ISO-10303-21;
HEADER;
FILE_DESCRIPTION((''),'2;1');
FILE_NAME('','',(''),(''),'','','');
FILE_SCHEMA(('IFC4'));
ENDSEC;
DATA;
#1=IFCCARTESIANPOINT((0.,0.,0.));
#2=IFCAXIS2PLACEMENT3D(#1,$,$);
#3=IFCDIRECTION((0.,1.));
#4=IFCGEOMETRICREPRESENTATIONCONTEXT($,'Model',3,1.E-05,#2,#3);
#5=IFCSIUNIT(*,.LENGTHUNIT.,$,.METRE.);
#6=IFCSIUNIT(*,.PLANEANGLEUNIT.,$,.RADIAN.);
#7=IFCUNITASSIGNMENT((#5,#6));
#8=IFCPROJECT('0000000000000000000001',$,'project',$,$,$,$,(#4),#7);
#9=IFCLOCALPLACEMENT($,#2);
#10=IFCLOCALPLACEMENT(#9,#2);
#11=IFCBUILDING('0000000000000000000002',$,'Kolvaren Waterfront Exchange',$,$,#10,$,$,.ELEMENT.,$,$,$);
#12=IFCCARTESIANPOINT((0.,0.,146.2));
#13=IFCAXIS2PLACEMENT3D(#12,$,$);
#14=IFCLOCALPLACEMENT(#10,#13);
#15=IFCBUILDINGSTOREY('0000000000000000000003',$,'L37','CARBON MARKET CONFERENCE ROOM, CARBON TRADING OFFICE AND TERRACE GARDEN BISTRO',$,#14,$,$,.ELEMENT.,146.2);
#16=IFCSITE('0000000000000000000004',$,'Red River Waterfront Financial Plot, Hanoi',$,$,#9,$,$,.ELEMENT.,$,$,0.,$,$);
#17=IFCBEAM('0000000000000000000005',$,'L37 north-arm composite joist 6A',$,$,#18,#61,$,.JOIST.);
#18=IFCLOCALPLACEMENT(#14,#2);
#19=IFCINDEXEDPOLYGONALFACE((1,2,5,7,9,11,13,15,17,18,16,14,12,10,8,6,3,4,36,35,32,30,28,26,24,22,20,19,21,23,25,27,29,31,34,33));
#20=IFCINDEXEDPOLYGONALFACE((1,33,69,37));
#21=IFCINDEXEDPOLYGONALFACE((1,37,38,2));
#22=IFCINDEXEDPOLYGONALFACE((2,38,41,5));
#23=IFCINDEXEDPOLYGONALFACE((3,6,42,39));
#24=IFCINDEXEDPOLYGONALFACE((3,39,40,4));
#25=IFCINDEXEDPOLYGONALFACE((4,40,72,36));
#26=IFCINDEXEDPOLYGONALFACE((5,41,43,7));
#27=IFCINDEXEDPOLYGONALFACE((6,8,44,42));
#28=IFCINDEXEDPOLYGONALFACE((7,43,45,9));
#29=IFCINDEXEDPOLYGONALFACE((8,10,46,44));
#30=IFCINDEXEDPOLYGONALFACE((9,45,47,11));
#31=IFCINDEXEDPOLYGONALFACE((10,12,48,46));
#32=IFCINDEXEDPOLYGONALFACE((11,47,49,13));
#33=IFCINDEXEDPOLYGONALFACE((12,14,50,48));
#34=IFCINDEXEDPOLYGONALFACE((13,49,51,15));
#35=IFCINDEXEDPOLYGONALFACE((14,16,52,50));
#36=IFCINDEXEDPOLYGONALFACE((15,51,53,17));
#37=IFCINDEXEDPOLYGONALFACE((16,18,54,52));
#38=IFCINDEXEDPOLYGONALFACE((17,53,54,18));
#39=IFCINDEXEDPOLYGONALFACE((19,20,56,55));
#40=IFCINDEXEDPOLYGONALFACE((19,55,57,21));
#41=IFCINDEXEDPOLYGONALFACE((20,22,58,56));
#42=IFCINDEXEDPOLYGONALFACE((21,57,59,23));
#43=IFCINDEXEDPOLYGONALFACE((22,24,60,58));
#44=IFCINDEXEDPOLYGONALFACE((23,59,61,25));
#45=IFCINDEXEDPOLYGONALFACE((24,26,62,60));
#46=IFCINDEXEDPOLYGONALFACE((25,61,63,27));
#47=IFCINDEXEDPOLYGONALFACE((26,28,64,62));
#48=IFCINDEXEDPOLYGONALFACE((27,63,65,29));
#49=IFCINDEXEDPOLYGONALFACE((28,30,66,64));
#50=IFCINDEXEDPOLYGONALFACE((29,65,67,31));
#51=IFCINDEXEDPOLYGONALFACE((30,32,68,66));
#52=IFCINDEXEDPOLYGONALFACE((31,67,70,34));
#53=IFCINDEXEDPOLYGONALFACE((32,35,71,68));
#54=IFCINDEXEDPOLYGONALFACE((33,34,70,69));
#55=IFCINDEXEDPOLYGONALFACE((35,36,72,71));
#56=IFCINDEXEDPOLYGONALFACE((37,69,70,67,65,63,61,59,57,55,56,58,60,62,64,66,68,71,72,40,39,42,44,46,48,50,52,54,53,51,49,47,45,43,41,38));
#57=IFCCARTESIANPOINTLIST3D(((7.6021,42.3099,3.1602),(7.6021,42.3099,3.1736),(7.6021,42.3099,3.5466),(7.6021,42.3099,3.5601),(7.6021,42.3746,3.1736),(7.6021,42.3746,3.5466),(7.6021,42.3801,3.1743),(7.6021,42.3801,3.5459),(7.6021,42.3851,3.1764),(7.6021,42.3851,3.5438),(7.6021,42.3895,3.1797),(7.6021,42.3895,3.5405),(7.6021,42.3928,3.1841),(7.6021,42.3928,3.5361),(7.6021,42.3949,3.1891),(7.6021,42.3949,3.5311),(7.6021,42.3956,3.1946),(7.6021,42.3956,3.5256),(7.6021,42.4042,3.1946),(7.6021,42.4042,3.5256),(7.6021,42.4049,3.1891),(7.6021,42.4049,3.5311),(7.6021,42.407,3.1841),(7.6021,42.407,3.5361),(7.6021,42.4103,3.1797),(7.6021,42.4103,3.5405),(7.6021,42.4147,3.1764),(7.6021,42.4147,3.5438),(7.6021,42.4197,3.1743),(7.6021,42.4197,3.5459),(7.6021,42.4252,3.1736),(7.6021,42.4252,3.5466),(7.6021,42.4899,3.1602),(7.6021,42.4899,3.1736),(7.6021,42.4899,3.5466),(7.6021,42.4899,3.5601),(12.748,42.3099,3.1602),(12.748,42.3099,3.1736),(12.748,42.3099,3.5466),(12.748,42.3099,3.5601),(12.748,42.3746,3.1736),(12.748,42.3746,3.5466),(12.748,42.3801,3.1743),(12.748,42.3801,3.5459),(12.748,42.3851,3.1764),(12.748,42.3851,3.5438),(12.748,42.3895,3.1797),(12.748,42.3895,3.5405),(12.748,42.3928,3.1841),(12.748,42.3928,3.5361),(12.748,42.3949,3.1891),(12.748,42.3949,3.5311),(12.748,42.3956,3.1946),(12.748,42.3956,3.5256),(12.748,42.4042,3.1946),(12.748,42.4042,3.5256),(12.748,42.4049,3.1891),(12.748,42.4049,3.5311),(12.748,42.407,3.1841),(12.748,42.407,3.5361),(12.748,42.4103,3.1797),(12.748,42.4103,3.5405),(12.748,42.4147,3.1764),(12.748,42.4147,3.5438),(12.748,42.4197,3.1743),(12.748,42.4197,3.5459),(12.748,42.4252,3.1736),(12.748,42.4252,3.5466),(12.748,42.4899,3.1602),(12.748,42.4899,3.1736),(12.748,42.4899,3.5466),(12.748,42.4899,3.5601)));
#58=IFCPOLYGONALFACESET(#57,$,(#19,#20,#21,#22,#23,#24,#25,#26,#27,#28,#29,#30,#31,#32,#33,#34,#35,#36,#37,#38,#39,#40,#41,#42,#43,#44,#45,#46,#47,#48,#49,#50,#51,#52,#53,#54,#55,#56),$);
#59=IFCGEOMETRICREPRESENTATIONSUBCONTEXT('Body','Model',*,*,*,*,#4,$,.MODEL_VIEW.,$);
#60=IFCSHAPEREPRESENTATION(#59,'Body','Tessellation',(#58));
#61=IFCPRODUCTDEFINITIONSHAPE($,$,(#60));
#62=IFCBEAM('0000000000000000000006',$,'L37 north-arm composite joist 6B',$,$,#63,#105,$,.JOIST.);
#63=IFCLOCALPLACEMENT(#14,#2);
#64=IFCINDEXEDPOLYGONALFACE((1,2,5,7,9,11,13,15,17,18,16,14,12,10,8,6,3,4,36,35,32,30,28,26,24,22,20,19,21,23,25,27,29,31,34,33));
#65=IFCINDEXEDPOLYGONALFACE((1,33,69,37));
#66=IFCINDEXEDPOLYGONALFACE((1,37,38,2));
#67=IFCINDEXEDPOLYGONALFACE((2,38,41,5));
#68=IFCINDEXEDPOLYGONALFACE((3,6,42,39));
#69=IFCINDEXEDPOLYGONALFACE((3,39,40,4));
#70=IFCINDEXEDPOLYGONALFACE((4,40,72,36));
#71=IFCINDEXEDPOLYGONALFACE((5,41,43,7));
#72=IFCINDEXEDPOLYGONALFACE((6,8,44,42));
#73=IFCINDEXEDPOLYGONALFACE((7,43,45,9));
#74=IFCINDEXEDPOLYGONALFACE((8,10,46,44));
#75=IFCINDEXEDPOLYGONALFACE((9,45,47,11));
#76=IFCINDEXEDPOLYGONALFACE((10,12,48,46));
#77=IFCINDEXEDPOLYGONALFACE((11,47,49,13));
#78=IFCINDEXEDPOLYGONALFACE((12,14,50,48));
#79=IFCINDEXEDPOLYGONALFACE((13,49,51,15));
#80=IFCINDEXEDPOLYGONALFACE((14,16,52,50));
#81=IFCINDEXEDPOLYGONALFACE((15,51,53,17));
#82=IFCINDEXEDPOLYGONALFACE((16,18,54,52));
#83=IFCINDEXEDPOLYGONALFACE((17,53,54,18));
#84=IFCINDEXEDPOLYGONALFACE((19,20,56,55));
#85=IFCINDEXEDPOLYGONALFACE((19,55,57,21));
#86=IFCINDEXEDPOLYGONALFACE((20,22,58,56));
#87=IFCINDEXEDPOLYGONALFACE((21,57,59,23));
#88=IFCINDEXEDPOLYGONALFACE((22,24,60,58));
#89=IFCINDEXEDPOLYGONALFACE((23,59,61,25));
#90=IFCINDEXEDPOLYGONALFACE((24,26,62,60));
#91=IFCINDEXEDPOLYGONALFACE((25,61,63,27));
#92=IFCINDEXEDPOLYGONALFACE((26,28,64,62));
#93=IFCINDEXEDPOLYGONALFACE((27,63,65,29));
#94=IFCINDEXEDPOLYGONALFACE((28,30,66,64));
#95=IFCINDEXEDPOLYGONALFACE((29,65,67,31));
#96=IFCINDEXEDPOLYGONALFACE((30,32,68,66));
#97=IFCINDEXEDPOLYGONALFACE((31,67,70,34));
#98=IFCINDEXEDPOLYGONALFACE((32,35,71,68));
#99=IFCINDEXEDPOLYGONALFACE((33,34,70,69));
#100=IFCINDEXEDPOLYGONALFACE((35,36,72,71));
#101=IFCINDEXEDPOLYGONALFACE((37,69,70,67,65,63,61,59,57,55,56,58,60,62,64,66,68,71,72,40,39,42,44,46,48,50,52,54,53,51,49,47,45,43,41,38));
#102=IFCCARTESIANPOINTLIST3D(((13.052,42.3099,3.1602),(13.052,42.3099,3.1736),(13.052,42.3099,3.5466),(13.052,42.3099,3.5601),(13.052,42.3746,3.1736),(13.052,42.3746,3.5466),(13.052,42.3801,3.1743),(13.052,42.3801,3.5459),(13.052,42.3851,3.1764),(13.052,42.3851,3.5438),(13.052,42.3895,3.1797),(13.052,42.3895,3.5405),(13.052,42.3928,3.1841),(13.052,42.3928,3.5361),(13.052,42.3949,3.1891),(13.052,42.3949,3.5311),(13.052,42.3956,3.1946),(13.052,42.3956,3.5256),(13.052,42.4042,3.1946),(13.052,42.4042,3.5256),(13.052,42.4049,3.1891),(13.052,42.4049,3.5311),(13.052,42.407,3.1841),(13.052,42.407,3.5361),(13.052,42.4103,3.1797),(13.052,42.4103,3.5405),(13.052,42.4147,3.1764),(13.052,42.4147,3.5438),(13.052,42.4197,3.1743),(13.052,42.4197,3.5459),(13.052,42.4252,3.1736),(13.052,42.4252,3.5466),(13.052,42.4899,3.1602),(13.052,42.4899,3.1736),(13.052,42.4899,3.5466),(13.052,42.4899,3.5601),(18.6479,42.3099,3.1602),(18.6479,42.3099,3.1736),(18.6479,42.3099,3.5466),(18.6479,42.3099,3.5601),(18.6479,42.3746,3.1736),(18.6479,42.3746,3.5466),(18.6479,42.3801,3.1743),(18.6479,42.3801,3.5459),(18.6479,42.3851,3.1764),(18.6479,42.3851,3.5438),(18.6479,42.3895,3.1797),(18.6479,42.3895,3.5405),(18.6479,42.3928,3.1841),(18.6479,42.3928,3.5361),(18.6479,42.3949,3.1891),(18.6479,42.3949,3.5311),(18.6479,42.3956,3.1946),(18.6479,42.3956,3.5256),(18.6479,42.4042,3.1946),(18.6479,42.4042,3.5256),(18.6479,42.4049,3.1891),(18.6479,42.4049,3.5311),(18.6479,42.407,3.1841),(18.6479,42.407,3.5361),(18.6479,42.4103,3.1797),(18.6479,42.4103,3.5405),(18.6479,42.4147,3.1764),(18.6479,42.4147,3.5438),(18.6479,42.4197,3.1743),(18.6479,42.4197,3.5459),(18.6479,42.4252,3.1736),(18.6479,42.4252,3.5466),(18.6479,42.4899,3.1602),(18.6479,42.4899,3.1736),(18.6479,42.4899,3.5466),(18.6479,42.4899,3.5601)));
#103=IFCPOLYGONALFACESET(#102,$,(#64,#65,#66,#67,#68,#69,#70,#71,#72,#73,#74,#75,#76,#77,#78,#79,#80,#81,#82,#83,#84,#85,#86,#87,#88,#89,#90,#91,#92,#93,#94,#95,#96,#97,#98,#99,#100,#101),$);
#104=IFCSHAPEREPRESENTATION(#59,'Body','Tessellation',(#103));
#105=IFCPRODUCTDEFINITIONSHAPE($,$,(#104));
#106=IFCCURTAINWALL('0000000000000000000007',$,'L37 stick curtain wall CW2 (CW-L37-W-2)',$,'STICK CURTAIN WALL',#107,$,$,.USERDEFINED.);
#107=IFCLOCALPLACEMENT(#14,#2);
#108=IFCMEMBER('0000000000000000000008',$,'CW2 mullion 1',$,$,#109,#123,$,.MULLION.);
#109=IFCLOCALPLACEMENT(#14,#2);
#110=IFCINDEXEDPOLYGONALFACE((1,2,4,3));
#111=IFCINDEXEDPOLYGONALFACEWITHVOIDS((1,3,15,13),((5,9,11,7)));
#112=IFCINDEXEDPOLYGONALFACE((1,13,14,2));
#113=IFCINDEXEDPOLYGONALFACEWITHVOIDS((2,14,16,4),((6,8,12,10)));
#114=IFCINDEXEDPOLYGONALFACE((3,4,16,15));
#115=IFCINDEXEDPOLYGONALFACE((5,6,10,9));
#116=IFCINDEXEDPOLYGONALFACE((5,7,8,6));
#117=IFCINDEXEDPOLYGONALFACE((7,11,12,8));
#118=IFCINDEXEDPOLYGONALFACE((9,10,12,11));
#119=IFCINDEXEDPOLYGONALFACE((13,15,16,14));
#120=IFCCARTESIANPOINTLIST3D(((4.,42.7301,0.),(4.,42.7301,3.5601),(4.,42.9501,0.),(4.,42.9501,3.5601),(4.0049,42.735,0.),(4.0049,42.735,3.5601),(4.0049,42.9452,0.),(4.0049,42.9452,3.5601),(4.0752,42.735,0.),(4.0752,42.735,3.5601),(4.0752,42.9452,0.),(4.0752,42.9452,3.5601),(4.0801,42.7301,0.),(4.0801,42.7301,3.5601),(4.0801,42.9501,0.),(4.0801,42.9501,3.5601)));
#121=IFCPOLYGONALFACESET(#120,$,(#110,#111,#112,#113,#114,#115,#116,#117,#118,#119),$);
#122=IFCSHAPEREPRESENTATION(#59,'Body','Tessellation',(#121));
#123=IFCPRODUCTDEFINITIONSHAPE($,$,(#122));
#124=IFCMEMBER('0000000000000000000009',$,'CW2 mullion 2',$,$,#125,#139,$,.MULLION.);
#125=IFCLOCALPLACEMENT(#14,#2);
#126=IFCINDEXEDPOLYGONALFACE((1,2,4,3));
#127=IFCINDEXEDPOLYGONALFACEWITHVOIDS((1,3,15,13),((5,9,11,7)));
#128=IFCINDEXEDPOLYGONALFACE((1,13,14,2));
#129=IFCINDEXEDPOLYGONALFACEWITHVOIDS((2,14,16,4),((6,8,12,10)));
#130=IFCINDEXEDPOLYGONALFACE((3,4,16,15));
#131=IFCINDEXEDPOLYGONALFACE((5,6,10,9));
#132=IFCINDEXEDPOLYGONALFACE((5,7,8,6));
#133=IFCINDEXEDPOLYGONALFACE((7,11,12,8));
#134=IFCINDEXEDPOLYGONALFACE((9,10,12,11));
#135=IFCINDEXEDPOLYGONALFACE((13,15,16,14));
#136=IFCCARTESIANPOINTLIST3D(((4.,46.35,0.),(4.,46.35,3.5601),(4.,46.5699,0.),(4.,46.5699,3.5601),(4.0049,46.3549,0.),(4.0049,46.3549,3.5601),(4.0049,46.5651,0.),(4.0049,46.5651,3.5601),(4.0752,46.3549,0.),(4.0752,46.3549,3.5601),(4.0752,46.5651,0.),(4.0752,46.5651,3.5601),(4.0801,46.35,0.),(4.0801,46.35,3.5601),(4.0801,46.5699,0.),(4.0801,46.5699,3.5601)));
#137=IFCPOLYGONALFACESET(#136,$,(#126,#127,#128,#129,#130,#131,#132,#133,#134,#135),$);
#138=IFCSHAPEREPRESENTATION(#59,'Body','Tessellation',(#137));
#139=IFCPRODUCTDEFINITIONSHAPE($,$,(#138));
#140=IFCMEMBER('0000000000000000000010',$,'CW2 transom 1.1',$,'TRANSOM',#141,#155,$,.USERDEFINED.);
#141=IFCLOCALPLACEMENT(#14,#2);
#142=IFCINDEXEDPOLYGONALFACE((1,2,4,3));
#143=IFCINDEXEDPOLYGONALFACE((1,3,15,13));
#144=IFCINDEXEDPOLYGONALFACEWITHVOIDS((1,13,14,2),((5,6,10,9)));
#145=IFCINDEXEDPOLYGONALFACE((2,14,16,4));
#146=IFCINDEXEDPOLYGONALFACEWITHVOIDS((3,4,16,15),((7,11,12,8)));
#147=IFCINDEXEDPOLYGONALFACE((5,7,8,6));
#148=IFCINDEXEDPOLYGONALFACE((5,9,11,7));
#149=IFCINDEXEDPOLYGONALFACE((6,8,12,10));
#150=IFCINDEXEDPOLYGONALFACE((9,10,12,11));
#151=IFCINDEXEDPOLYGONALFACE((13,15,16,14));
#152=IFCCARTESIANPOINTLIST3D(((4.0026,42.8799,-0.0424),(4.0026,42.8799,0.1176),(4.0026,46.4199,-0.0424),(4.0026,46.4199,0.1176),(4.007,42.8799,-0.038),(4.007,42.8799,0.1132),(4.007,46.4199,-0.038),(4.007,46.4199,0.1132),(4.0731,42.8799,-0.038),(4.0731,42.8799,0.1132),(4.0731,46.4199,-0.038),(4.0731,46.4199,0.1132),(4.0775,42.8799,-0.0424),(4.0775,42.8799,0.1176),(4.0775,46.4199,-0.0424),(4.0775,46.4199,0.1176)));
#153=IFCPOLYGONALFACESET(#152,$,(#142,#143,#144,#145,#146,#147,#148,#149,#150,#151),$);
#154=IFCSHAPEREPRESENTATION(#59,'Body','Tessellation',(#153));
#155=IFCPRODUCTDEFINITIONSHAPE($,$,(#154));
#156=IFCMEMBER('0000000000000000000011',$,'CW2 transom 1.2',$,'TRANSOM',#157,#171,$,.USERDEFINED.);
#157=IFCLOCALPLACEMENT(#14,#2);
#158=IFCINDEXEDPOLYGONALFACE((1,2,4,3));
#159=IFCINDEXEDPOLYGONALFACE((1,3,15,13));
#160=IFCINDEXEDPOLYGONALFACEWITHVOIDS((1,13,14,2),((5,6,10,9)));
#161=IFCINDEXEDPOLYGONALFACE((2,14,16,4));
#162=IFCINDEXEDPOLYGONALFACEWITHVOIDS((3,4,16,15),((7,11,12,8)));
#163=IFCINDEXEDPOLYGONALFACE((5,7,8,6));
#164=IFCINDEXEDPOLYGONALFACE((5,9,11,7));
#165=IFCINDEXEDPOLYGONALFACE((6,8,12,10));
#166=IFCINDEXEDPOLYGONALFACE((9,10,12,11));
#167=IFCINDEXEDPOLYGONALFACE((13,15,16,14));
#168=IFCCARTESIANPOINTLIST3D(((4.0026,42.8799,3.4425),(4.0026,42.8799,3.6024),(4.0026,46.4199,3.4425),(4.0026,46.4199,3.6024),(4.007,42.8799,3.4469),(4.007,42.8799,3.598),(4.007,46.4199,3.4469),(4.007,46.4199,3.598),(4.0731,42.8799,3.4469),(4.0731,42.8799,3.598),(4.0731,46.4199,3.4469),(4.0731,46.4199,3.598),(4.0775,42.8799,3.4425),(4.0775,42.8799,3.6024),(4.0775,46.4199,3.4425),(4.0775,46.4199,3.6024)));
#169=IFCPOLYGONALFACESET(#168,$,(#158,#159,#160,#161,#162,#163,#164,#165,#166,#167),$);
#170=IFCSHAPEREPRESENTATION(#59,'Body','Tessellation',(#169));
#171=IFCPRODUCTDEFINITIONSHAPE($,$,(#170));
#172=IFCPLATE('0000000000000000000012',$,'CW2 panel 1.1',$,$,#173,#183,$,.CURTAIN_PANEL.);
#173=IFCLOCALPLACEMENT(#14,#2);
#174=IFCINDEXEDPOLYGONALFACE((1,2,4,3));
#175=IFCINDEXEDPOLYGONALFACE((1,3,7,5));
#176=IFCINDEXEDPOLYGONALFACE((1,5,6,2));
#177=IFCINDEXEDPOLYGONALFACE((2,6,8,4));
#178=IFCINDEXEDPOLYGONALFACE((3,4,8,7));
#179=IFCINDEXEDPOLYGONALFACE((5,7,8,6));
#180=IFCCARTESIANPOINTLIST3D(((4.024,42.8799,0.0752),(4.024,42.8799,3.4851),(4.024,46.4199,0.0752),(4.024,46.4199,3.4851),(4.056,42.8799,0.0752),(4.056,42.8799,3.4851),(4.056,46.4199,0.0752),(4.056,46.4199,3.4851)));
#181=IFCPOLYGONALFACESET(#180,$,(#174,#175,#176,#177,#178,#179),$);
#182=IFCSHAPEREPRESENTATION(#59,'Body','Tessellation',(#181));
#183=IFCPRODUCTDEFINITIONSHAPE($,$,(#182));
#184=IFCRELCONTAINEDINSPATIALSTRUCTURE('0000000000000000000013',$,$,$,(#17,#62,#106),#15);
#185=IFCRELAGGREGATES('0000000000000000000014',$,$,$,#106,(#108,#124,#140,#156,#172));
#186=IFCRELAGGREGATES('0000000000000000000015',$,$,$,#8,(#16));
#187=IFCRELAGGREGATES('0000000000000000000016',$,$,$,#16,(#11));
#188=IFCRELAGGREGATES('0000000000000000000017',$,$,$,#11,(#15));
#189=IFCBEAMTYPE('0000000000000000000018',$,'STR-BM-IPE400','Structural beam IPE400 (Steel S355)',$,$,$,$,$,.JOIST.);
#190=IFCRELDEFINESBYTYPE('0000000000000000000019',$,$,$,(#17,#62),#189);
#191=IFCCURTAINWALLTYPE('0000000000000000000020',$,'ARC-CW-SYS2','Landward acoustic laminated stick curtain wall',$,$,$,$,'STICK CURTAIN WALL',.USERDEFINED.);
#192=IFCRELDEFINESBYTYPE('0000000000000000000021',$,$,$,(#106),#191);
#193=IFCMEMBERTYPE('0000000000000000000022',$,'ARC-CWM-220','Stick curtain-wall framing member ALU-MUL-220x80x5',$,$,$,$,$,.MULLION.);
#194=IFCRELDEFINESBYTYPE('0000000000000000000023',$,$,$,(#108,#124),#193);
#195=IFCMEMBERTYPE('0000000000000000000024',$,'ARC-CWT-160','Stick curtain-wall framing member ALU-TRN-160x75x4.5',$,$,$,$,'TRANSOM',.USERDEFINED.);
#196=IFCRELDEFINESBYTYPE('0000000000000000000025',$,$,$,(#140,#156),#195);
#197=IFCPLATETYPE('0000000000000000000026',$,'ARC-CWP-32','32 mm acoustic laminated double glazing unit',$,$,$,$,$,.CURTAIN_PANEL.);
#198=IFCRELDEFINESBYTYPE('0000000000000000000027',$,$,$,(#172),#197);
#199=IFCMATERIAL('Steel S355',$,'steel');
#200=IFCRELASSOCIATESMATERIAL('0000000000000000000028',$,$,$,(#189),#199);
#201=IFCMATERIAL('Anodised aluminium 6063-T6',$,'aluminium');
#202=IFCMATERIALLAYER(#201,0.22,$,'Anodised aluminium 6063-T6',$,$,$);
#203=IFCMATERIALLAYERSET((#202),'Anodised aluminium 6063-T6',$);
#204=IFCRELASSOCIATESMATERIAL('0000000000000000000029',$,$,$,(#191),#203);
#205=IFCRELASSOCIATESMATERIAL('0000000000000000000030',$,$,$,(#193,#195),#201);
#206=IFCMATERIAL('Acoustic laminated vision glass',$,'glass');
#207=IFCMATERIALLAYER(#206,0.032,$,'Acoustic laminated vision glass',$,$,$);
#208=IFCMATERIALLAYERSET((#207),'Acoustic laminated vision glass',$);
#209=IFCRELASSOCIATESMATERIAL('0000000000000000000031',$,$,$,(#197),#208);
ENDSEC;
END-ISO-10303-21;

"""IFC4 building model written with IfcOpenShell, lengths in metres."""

from ifc_helpers import new_model, si_unit, direction, frame, origin, origin_with_axes, origin_2d, place, context, subcontext, project, spatial, rectangle, hollow_rectangle, i_section, extrude, source, transform, mapped, material, layer, layer_set, material_profile, profile_set, type_object, element, aggregate, save


model = new_model("IFC4")

# Units and contexts
model_context = context("Model", 3, precision=1e-05, world=origin(), true_north=direction((0.0, 1.0)))
body_context = subcontext(model_context, "Body", "Model", "MODEL_VIEW")
ifc_project = project(units=[si_unit("LENGTHUNIT", "METRE"), si_unit("PLANEANGLEUNIT", "RADIAN")], contexts=[model_context])

# Site, building, storey
site_placement = place(None, origin())
site = spatial("IfcSite", under=ifc_project, at=site_placement, Name="Red River Waterfront Financial Plot, Hanoi", CompositionType="ELEMENT", RefElevation=0.0)
building_placement = place(site_placement, origin())
building = spatial("IfcBuilding", under=site, at=building_placement, Name="Kolvaren Waterfront Exchange", CompositionType="ELEMENT")
storey_placement = place(building_placement, frame((0.0, 0.0, 146.2)))
storey = spatial("IfcBuildingStorey", under=building, at=storey_placement, Name="L37", Description="CARBON MARKET CONFERENCE ROOM, CARBON TRADING OFFICE AND TERRACE GARDEN BISTRO", CompositionType="ELEMENT", Elevation=146.2)

# Beams
ifc_material_1 = material(Name="Steel S355", Category="steel")
ifc_material_profile_1 = material_profile(ifc_material_1, i_section(OverallWidth=0.1799, OverallDepth=0.3999, WebThickness=0.0085, FlangeThickness=0.0134, FilletRadius=0.021, at=origin_2d()), Name="IPE400")
ifc_profile_set_1 = profile_set([ifc_material_profile_1], Name="Steel S355")
beam_type_1 = type_object("IfcBeamType", Name="STR-BM-IPE400", Description="Structural beam IPE400 (Steel S355)", PredefinedType="JOIST", material=ifc_profile_set_1)
beam_1_placement = place(storey_placement, frame((7.6021, 42.3999, 3.3601), z_axis=(1.0, 0.0, 0.0), x_axis=(0.0, 1.0, 0.0)))
element("IfcBeam", 1, at=beam_1_placement, inside=storey, type_object=beam_type_1, Name="L37 north-arm composite joist 6A", PredefinedType="JOIST", context=body_context, shape_type="SweptSolid", body=[
    extrude(i_section(OverallWidth=0.1799, OverallDepth=0.3999, WebThickness=0.0085, FlangeThickness=0.0134, FilletRadius=0.021, at=origin_2d()), origin(), (0.0, 0.0, 1.0), 5.146),
])
beam_2_placement = place(storey_placement, frame((13.052, 42.3999, 3.3601), z_axis=(1.0, 0.0, 0.0), x_axis=(0.0, 1.0, 0.0)))
element("IfcBeam", 2, at=beam_2_placement, inside=storey, type_object=beam_type_1, Name="L37 north-arm composite joist 6B", PredefinedType="JOIST", context=body_context, shape_type="SweptSolid", body=[
    extrude(i_section(OverallWidth=0.1799, OverallDepth=0.3999, WebThickness=0.0085, FlangeThickness=0.0134, FilletRadius=0.021, at=origin_2d()), origin(), (0.0, 0.0, 1.0), 5.5959),
])

# Curtain wall, members, plate
ifc_material_2 = material(Name="Anodised aluminium 6063-T6", Category="aluminium")
ifc_layer_1 = layer(ifc_material_2, 0.22, Name="Anodised aluminium 6063-T6")
ifc_layer_set_1 = layer_set([ifc_layer_1], Name="Anodised aluminium 6063-T6")
curtain_wall_type = type_object("IfcCurtainWallType", Name="ARC-CW-SYS2", Description="Landward acoustic laminated stick curtain wall", ElementType="STICK CURTAIN WALL", PredefinedType="USERDEFINED", material=ifc_layer_set_1)
curtain_wall_placement = place(storey_placement, origin())
curtain_wall = element("IfcCurtainWall", 3, at=curtain_wall_placement, inside=storey, type_object=curtain_wall_type, Name="L37 stick curtain wall CW2 (CW-L37-W-2)", ObjectType="STICK CURTAIN WALL", PredefinedType="USERDEFINED")
ifc_material_profile_2 = material_profile(ifc_material_2, hollow_rectangle(XDim=0.0801, YDim=0.22, WallThickness=0.0049, at=origin_2d()), Name="ALU-MUL-220x80x5")
ifc_profile_set_2 = profile_set([ifc_material_profile_2], Name="Anodised aluminium 6063-T6")
member_type_1 = type_object("IfcMemberType", Name="ARC-CWM-220", Description="Stick curtain-wall framing member ALU-MUL-220x80x5", PredefinedType="MULLION", material=ifc_profile_set_2)
shared_shape_1 = source(origin_with_axes(), body_context, "Body", "SweptSolid", [
    extrude(hollow_rectangle(XDim=0.0801, YDim=0.22, WallThickness=0.0049, at=origin_2d()), origin(), (0.0, 0.0, 1.0), 3.5601),
])
member_1_placement = place(storey_placement, frame((4.04, 42.8401, 0.0), z_axis=(0.0, 0.0, 1.0), x_axis=(-1.0, 0.0, 0.0)))
member_1 = element("IfcMember", 4, at=member_1_placement, type_object=member_type_1, Name="CW2 mullion 1", PredefinedType="MULLION", context=body_context, shape_type="MappedRepresentation", body=[
    mapped(shared_shape_1, transform((0.0, 0.0, 0.0), x_axis=(1.0, 0.0, 0.0), y_axis=(0.0, 1.0, 0.0), z_axis=(0.0, 0.0, 1.0), scale=1.0)),
])
member_2_placement = place(storey_placement, frame((4.04, 46.46, 0.0), z_axis=(0.0, 0.0, 1.0), x_axis=(-1.0, 0.0, 0.0)))
member_2 = element("IfcMember", 5, at=member_2_placement, type_object=member_type_1, Name="CW2 mullion 2", PredefinedType="MULLION", context=body_context, shape_type="MappedRepresentation", body=[
    mapped(shared_shape_1, transform((0.0, 0.0, 0.0), x_axis=(1.0, 0.0, 0.0), y_axis=(0.0, 1.0, 0.0), z_axis=(0.0, 0.0, 1.0), scale=1.0)),
])
ifc_material_profile_3 = material_profile(ifc_material_2, hollow_rectangle(XDim=0.075, YDim=0.1599, WallThickness=0.0044, at=origin_2d()), Name="ALU-TRN-160x75x4.5")
ifc_profile_set_3 = profile_set([ifc_material_profile_3], Name="Anodised aluminium 6063-T6")
member_type_2 = type_object("IfcMemberType", Name="ARC-CWT-160", Description="Stick curtain-wall framing member ALU-TRN-160x75x4.5", ElementType="TRANSOM", PredefinedType="USERDEFINED", material=ifc_profile_set_3)
shared_shape_2 = source(origin_with_axes(), body_context, "Body", "SweptSolid", [
    extrude(hollow_rectangle(XDim=0.075, YDim=0.1599, WallThickness=0.0044, at=origin_2d()), origin(), (0.0, 0.0, 1.0), 3.54),
])
member_3_placement = place(storey_placement, frame((4.04, 42.8799, 0.0376), z_axis=(0.0, 1.0, 0.0), x_axis=(-1.0, 0.0, 0.0)))
member_3 = element("IfcMember", 6, at=member_3_placement, type_object=member_type_2, Name="CW2 transom 1.1", ObjectType="TRANSOM", PredefinedType="USERDEFINED", context=body_context, shape_type="MappedRepresentation", body=[
    mapped(shared_shape_2, transform((0.0, 0.0, 0.0), x_axis=(1.0, 0.0, 0.0), y_axis=(0.0, 1.0, 0.0), z_axis=(0.0, 0.0, 1.0), scale=1.0)),
])
member_4_placement = place(storey_placement, frame((4.04, 42.8799, 3.5225), z_axis=(0.0, 1.0, 0.0), x_axis=(-1.0, 0.0, 0.0)))
member_4 = element("IfcMember", 7, at=member_4_placement, type_object=member_type_2, Name="CW2 transom 1.2", ObjectType="TRANSOM", PredefinedType="USERDEFINED", context=body_context, shape_type="MappedRepresentation", body=[
    mapped(shared_shape_2, transform((0.0, 0.0, 0.0), x_axis=(1.0, 0.0, 0.0), y_axis=(0.0, 1.0, 0.0), z_axis=(0.0, 0.0, 1.0), scale=1.0)),
])
ifc_material_3 = material(Name="Acoustic laminated vision glass", Category="glass")
ifc_layer_2 = layer(ifc_material_3, 0.032, Name="Acoustic laminated vision glass")
ifc_layer_set_2 = layer_set([ifc_layer_2], Name="Acoustic laminated vision glass")
plate_type = type_object("IfcPlateType", Name="ARC-CWP-32", Description="32 mm acoustic laminated double glazing unit", PredefinedType="CURTAIN_PANEL", material=ifc_layer_set_2)
shared_shape_3 = source(origin_with_axes(), body_context, "Body", "SweptSolid", [
    extrude(rectangle(XDim=3.54, YDim=0.032, at=origin_2d()), origin(), (0.0, 0.0, 1.0), 3.4099),
])
plate_placement = place(storey_placement, frame((4.04, 44.6499, 0.0752), z_axis=(0.0, 0.0, 1.0), x_axis=(0.0, 1.0, 0.0)))
plate = element("IfcPlate", 8, at=plate_placement, type_object=plate_type, Name="CW2 panel 1.1", PredefinedType="CURTAIN_PANEL", context=body_context, shape_type="MappedRepresentation", body=[
    mapped(shared_shape_3, transform((0.0, 0.0, 0.0), x_axis=(1.0, 0.0, 0.0), y_axis=(0.0, 1.0, 0.0), z_axis=(0.0, 0.0, 1.0), scale=1.0)),
])
aggregate(curtain_wall, [member_1, member_2, member_3, member_4, plate])

save(model, "model.ifc")
